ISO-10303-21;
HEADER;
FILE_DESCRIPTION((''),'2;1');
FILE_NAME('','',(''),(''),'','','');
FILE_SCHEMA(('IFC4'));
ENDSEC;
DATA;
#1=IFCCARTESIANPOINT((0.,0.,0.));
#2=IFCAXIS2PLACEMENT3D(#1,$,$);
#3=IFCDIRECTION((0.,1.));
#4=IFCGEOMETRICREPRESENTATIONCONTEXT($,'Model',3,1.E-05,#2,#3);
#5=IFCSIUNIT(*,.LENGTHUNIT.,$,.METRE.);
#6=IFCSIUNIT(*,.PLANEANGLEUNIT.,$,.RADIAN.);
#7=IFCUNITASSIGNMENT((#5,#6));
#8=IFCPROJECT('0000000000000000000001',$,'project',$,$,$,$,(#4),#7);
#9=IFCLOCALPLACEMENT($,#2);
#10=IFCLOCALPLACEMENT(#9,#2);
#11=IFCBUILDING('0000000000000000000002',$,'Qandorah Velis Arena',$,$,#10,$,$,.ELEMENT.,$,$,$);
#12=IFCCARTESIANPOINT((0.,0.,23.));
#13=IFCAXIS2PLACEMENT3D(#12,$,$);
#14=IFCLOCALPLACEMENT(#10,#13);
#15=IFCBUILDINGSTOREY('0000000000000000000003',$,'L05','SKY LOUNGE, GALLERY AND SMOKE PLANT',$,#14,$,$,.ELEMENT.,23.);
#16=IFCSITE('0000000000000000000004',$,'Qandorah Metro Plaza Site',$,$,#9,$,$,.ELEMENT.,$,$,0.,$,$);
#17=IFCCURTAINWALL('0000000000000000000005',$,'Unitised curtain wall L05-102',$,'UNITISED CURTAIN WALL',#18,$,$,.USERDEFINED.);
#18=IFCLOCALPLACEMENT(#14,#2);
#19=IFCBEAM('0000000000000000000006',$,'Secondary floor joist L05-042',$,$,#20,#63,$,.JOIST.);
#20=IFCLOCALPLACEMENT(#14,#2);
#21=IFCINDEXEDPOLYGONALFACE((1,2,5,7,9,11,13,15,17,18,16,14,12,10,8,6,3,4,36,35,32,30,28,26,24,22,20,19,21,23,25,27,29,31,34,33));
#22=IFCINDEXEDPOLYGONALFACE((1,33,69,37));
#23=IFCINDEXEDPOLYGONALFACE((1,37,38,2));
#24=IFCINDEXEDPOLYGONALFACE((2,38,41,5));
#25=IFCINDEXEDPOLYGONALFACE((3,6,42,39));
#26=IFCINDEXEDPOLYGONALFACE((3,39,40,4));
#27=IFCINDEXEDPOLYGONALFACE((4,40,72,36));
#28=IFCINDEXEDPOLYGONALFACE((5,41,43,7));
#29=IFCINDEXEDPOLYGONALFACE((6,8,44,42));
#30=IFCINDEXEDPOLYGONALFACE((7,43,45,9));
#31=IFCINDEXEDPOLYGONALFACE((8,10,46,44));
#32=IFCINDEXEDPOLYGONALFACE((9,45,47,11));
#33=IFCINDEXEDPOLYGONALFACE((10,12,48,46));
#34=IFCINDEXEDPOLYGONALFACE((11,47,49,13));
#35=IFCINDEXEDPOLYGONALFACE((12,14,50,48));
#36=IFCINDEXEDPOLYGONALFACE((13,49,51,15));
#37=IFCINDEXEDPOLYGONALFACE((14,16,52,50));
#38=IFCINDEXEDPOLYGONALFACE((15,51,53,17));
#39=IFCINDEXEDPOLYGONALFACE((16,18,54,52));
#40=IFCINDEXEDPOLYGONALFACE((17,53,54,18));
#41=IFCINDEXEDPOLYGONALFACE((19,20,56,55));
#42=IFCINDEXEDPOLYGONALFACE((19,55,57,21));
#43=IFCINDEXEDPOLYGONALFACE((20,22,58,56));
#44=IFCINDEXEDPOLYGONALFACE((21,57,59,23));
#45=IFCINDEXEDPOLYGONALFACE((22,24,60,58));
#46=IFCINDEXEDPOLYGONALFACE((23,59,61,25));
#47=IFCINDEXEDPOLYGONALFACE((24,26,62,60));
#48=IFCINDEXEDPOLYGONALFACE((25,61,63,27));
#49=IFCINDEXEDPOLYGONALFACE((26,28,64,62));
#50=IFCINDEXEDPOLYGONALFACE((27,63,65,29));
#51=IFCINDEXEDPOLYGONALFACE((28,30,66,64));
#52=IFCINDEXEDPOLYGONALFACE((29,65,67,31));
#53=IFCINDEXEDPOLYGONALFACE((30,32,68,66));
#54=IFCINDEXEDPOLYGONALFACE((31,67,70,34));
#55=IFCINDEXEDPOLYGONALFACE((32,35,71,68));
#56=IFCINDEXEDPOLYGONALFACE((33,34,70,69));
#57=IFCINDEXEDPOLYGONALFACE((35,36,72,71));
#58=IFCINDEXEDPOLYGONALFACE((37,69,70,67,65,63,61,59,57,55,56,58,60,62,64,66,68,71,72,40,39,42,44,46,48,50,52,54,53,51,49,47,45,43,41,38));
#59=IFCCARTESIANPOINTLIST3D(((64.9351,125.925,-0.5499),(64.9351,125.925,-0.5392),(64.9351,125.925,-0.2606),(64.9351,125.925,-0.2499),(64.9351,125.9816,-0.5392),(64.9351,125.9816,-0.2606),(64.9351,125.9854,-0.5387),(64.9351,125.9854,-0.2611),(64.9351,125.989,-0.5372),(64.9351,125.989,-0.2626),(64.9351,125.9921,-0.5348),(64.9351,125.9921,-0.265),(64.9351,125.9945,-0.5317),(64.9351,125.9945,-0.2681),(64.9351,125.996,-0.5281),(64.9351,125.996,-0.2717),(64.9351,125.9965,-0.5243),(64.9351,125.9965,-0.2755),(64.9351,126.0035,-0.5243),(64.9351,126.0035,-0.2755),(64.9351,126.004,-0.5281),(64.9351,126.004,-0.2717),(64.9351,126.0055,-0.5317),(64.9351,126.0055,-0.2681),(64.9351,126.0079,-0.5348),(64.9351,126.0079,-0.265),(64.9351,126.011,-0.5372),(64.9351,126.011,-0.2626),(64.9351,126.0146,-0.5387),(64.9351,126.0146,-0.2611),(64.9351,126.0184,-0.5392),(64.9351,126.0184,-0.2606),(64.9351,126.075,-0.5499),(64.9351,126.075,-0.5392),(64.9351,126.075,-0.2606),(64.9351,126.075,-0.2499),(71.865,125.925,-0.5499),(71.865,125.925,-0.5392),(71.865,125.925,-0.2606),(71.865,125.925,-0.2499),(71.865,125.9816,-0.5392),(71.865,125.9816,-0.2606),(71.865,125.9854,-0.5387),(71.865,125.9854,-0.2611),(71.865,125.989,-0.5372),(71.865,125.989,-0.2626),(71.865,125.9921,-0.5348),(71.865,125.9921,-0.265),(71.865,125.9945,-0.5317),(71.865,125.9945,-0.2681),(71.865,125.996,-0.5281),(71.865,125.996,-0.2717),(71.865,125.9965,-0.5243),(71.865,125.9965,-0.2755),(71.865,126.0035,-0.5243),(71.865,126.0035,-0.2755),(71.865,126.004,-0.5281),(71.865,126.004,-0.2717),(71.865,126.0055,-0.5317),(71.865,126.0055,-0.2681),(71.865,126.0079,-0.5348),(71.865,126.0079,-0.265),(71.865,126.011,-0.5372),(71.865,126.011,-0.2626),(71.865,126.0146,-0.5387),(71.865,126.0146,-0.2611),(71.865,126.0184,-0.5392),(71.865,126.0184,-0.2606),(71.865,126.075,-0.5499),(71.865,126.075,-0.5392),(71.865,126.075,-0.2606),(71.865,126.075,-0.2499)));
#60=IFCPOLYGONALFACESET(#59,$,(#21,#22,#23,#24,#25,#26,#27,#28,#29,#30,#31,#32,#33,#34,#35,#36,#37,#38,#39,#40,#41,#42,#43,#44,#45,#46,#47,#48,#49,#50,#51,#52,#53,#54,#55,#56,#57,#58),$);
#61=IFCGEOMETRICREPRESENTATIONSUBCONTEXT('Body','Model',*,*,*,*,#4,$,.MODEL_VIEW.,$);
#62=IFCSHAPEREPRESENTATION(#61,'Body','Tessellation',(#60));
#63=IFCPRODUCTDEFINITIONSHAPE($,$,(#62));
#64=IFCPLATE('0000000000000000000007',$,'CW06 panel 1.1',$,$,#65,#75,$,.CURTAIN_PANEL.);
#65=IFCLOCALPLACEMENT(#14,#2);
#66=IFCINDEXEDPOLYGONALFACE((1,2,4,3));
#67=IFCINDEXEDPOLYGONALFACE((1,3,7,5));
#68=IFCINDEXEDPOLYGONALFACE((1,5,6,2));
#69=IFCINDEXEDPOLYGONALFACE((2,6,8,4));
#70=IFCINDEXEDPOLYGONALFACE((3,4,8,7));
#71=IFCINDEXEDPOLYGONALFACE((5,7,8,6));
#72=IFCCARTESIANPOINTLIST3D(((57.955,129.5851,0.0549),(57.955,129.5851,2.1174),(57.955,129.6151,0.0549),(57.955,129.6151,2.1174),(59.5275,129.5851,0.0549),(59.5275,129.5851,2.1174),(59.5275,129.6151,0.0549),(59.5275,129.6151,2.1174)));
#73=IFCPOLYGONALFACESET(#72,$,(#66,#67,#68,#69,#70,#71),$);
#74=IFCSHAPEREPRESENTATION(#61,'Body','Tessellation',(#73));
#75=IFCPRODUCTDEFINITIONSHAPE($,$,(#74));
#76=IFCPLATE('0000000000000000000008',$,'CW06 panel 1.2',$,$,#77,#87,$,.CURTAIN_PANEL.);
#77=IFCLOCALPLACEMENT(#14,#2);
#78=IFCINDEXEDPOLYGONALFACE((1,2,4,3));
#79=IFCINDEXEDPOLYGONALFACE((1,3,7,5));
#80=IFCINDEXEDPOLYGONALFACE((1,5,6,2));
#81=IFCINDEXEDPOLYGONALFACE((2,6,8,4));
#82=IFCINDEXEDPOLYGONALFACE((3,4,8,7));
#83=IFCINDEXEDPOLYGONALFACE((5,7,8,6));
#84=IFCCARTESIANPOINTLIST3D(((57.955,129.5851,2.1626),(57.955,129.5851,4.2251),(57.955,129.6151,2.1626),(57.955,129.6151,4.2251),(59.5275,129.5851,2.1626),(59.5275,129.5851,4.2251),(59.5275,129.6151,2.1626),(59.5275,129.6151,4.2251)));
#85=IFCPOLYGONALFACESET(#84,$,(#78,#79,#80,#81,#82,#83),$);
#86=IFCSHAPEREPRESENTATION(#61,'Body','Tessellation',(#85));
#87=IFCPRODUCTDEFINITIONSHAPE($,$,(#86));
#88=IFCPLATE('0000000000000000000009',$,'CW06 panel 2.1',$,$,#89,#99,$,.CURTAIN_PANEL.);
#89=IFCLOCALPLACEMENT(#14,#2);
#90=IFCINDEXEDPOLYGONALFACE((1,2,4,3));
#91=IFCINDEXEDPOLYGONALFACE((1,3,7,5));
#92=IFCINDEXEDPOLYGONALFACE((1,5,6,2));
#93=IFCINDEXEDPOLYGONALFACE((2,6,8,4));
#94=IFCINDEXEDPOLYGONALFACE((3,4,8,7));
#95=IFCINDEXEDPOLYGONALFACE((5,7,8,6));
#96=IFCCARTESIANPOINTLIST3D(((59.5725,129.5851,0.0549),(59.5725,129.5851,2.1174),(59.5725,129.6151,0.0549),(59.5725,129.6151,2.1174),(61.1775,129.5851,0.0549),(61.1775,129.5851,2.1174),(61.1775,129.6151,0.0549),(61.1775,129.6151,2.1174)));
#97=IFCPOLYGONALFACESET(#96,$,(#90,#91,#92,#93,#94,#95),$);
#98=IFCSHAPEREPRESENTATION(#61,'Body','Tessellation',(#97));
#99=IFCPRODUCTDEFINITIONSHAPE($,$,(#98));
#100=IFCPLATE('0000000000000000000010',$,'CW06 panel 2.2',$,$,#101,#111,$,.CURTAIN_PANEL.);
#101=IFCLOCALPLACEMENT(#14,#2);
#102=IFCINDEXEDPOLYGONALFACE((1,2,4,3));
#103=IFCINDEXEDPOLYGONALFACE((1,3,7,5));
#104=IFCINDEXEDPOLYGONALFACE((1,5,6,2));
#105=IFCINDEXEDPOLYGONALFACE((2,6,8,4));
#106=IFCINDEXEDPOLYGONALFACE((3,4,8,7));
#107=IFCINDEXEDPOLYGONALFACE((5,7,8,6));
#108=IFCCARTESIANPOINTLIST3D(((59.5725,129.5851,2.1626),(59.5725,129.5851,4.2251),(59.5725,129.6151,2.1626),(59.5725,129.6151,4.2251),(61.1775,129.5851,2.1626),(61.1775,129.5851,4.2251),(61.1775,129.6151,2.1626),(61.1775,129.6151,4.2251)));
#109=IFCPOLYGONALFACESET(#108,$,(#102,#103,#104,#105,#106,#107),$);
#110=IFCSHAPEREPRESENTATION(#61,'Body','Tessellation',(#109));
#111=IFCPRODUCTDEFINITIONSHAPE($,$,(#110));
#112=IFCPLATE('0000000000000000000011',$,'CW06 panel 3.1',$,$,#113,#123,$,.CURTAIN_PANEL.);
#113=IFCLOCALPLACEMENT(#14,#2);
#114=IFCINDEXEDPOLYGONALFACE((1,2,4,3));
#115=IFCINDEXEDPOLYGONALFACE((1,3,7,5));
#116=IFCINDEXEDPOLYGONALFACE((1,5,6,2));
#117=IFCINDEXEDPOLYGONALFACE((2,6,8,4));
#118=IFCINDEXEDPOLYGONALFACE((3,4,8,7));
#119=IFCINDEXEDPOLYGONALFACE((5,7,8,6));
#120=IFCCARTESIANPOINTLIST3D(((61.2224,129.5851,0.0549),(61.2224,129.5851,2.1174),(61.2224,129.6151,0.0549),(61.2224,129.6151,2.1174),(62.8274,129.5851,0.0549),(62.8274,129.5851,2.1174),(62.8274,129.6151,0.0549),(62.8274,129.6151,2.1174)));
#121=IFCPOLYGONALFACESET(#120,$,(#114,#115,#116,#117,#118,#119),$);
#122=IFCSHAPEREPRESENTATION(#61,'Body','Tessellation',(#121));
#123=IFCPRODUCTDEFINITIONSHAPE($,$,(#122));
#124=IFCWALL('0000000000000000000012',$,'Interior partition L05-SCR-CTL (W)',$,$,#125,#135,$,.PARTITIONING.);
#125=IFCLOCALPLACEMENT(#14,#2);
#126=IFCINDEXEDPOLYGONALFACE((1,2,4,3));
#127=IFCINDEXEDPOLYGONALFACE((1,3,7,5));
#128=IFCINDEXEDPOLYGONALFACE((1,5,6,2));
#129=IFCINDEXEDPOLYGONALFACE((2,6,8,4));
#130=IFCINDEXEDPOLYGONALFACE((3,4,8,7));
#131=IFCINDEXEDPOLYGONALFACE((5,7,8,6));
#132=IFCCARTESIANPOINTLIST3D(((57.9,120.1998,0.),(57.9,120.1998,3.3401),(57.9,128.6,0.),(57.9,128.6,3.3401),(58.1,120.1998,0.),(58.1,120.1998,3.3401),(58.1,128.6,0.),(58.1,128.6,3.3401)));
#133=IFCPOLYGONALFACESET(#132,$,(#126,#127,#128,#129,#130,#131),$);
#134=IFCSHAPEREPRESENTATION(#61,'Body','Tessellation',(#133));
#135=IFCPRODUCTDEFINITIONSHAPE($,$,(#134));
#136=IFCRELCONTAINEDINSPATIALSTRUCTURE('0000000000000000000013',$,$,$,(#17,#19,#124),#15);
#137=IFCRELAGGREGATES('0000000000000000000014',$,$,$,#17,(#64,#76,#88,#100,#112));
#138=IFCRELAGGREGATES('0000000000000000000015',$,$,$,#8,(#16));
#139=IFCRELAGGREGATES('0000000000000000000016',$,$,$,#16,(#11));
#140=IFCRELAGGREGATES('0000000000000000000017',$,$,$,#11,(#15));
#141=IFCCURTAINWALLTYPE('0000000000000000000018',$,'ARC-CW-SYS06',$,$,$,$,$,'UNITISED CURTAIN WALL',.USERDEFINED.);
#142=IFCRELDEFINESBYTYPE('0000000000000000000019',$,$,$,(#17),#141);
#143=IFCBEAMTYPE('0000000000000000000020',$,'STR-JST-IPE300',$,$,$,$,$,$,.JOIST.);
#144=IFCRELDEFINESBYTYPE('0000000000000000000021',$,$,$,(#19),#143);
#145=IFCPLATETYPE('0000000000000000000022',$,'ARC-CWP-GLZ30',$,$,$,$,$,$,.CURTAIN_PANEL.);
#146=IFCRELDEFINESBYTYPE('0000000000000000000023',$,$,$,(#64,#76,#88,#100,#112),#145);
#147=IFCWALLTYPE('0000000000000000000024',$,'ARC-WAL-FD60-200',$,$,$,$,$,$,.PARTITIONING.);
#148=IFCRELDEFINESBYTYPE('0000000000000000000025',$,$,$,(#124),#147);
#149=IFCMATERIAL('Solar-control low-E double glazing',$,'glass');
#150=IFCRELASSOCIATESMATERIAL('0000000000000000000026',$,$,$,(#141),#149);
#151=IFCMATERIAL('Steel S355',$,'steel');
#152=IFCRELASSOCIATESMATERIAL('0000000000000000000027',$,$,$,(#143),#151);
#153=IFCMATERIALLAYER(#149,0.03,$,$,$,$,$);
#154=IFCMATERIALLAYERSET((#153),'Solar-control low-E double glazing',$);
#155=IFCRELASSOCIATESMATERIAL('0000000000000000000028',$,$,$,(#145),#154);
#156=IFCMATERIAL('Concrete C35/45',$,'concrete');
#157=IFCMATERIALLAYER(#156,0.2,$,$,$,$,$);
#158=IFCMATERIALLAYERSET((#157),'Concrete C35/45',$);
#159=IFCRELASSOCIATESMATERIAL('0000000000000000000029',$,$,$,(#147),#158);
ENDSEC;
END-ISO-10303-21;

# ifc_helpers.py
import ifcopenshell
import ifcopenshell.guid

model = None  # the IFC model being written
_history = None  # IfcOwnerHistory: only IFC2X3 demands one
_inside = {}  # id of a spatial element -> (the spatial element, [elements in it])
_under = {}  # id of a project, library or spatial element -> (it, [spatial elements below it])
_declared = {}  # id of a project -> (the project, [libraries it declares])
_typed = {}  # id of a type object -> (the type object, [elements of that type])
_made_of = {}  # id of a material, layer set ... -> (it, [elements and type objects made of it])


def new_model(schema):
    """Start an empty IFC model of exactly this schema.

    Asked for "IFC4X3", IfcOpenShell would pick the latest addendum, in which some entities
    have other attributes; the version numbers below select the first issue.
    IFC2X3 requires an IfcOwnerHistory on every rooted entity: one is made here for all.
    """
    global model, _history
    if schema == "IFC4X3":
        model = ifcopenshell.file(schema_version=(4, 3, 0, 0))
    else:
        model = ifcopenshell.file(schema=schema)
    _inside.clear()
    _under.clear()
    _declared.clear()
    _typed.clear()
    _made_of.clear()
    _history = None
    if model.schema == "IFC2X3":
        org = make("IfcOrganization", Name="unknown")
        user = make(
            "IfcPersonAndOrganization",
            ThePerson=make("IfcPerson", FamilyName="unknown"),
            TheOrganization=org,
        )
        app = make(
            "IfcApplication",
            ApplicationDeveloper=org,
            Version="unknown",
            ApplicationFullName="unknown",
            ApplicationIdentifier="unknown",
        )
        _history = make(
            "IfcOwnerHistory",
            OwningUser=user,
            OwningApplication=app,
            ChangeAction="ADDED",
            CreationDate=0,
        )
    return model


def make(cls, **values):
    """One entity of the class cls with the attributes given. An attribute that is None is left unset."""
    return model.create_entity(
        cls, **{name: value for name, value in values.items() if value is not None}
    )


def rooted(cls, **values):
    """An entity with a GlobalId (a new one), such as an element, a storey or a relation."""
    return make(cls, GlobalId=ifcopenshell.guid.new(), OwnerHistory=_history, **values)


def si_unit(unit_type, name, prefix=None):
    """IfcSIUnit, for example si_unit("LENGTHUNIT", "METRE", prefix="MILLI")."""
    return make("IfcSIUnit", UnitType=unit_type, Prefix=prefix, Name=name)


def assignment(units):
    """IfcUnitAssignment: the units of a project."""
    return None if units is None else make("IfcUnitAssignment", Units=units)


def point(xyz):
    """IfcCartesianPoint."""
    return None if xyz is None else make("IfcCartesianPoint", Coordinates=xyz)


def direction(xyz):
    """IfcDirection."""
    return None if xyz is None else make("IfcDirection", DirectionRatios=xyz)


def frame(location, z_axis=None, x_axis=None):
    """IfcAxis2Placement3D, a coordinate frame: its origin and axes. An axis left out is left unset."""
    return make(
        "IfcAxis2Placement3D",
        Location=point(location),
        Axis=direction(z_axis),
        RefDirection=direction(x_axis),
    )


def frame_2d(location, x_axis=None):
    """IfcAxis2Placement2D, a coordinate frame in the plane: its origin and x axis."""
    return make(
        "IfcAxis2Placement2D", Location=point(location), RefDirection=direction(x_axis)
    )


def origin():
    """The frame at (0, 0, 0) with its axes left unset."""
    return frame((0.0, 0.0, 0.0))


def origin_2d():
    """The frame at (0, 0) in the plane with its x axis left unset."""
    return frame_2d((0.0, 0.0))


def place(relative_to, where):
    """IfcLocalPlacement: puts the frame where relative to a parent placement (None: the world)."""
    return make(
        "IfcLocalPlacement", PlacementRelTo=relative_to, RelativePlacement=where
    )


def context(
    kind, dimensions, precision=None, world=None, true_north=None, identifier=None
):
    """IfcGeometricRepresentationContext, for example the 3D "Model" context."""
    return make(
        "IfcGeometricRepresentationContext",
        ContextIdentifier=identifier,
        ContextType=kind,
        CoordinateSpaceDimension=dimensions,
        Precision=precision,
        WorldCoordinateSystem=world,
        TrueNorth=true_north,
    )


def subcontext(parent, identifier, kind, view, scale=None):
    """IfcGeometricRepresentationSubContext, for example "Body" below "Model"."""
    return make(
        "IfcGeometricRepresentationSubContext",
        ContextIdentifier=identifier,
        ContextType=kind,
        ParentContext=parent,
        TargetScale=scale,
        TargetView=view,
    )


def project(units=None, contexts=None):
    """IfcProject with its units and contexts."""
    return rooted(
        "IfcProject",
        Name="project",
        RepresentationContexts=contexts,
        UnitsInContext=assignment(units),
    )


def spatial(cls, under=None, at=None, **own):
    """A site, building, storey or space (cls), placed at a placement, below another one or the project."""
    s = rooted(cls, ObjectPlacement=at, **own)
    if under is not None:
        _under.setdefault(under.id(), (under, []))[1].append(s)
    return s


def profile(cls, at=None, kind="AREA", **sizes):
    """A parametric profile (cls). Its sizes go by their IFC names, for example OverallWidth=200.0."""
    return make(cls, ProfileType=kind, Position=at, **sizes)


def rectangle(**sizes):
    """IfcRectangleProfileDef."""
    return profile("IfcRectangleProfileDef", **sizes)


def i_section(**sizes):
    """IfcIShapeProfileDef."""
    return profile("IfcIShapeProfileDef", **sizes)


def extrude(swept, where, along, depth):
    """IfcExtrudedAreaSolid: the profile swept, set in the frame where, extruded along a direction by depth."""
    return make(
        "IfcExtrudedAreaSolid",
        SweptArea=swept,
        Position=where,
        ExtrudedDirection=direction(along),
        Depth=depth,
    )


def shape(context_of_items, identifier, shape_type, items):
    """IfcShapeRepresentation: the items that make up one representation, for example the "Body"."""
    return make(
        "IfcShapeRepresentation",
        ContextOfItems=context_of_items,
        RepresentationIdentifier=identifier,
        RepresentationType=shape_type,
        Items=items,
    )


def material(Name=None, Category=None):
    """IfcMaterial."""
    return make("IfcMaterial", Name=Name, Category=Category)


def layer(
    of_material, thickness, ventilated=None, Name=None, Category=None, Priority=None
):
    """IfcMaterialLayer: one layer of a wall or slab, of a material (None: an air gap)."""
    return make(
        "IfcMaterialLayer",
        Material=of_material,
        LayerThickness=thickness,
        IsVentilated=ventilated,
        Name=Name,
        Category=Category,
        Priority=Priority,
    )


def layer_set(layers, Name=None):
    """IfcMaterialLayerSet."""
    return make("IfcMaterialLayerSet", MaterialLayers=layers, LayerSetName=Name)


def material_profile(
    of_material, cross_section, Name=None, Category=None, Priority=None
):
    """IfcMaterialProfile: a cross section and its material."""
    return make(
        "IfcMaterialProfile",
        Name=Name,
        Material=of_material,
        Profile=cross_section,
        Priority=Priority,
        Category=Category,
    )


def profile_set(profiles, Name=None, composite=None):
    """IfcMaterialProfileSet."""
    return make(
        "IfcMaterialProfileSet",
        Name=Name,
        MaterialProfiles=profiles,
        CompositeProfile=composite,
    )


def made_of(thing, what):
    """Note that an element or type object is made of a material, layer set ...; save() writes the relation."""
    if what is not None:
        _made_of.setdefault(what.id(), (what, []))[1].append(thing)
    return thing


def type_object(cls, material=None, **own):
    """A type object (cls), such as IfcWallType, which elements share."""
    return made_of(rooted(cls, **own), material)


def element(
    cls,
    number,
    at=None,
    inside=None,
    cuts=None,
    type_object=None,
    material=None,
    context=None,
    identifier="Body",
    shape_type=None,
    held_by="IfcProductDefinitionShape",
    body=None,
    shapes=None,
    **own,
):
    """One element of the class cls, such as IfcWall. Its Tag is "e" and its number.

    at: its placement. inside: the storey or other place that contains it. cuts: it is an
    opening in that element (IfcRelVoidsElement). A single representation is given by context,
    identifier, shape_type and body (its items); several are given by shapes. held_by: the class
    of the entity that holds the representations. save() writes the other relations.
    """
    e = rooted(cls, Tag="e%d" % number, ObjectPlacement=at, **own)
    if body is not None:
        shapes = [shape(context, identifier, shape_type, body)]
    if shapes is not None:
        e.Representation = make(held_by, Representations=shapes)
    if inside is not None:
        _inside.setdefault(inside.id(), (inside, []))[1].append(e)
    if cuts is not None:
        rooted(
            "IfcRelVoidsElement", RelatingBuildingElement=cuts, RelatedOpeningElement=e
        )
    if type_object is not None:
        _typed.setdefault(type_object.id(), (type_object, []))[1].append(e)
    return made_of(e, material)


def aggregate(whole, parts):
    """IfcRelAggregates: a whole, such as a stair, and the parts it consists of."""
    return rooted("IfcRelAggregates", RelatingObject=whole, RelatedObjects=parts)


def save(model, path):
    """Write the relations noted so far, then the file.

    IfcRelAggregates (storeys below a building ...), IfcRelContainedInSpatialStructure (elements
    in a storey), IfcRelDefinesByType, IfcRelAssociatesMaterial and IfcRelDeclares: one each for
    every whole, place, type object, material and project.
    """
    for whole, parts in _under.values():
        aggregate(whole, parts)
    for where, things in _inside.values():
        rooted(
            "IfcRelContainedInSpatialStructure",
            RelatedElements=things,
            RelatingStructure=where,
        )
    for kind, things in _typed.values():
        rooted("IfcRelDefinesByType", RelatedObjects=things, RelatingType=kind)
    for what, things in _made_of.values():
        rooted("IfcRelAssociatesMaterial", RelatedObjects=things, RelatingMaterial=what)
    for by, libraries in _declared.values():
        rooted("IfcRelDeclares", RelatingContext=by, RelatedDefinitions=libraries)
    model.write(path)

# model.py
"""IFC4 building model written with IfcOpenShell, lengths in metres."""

from ifc_helpers import new_model, si_unit, direction, frame, frame_2d, origin, origin_2d, place, context, subcontext, project, spatial, rectangle, i_section, extrude, material, layer, layer_set, material_profile, profile_set, type_object, element, aggregate, save


model = new_model("IFC4")

# Units and contexts
model_context = context("Model", 3, precision=1e-05, world=origin(), true_north=direction((0.0, 1.0)))
body_context = subcontext(model_context, "Body", "Model", "MODEL_VIEW")
ifc_project = project(units=[si_unit("LENGTHUNIT", "METRE"), si_unit("PLANEANGLEUNIT", "RADIAN")], contexts=[model_context])

# Site, building, storey
site_placement = place(None, origin())
site = spatial("IfcSite", under=ifc_project, at=site_placement, Name="Qandorah Metro Plaza Site", CompositionType="ELEMENT", RefElevation=0.0)
building_placement = place(site_placement, origin())
building = spatial("IfcBuilding", under=site, at=building_placement, Name="Qandorah Velis Arena", CompositionType="ELEMENT")
storey_placement = place(building_placement, frame((0.0, 0.0, 23.0)))
storey = spatial("IfcBuildingStorey", under=building, at=storey_placement, Name="L05", Description="SKY LOUNGE, GALLERY AND SMOKE PLANT", CompositionType="ELEMENT", Elevation=23.0)

# Curtain wall
ifc_material_1 = material(Name="Solar-control low-E double glazing", Category="glass")
curtain_wall_type = type_object("IfcCurtainWallType", Name="ARC-CW-SYS06", ElementType="UNITISED CURTAIN WALL", PredefinedType="USERDEFINED", material=ifc_material_1)
curtain_wall_placement = place(storey_placement, origin())
curtain_wall = element("IfcCurtainWall", 1, at=curtain_wall_placement, inside=storey, type_object=curtain_wall_type, Name="Unitised curtain wall L05-102", ObjectType="UNITISED CURTAIN WALL", PredefinedType="USERDEFINED")

# Beam
ifc_material_2 = material(Name="Steel S355", Category="steel")
ifc_material_profile_1 = material_profile(ifc_material_2, i_section(OverallWidth=0.1499, OverallDepth=0.3, WebThickness=0.0071, FlangeThickness=0.0107, FilletRadius=0.0149, at=origin_2d()), Name="IPE 300")
ifc_profile_set_1 = profile_set([ifc_material_profile_1], Name="Steel S355")
beam_type_1 = type_object("IfcBeamType", Name="STR-JST-IPE300", PredefinedType="JOIST", material=ifc_profile_set_1)
for number, where, z_axis, x_axis, name in (
    (2, (64.9351, 126.0, -0.3999), (1.0, 0.0, 0.0), (0.0, 1.0, 0.0), "Secondary floor joist L05-042"),
):
    element("IfcBeam", number, at=place(storey_placement, frame(where, z_axis=z_axis, x_axis=x_axis)), inside=storey, type_object=beam_type_1, Name=name, PredefinedType="JOIST", context=body_context, shape_type="SweptSolid", body=[
        extrude(i_section(OverallWidth=0.1499, OverallDepth=0.3, WebThickness=0.0071, FlangeThickness=0.0107, FilletRadius=0.0149, at=origin_2d()), origin(), (0.0, 0.0, 1.0), 6.9299),
    ])

# Plates
ifc_layer_1 = layer(ifc_material_1, 0.03)
ifc_layer_set_1 = layer_set([ifc_layer_1], Name="Solar-control low-E double glazing")
plate_type = type_object("IfcPlateType", Name="ARC-CWP-GLZ30", PredefinedType="CURTAIN_PANEL", material=ifc_layer_set_1)
plate_1_placement = place(storey_placement, frame((58.7412, 129.6001, 0.0549), z_axis=(0.0, 0.0, 1.0), x_axis=(1.0, 0.0, 0.0)))
plate_1 = element("IfcPlate", 3, at=plate_1_placement, type_object=plate_type, Name="CW06 panel 1.1", PredefinedType="CURTAIN_PANEL", context=body_context, shape_type="SweptSolid", body=[
    extrude(rectangle(XDim=1.5725, YDim=0.03, at=origin_2d()), origin(), (0.0, 0.0, 1.0), 2.0625),
])
plate_2_placement = place(storey_placement, frame((58.7412, 129.6001, 2.1626), z_axis=(0.0, 0.0, 1.0), x_axis=(1.0, 0.0, 0.0)))
plate_2 = element("IfcPlate", 4, at=plate_2_placement, type_object=plate_type, Name="CW06 panel 1.2", PredefinedType="CURTAIN_PANEL", context=body_context, shape_type="SweptSolid", body=[
    extrude(rectangle(XDim=1.5725, YDim=0.03, at=origin_2d()), origin(), (0.0, 0.0, 1.0), 2.0625),
])
plate_3_placement = place(storey_placement, frame((60.375, 129.6001, 0.0549), z_axis=(0.0, 0.0, 1.0), x_axis=(1.0, 0.0, 0.0)))
plate_3 = element("IfcPlate", 5, at=plate_3_placement, type_object=plate_type, Name="CW06 panel 2.1", PredefinedType="CURTAIN_PANEL", context=body_context, shape_type="SweptSolid", body=[
    extrude(rectangle(XDim=1.605, YDim=0.03, at=origin_2d()), origin(), (0.0, 0.0, 1.0), 2.0625),
])
plate_4_placement = place(storey_placement, frame((60.375, 129.6001, 2.1626), z_axis=(0.0, 0.0, 1.0), x_axis=(1.0, 0.0, 0.0)))
plate_4 = element("IfcPlate", 6, at=plate_4_placement, type_object=plate_type, Name="CW06 panel 2.2", PredefinedType="CURTAIN_PANEL", context=body_context, shape_type="SweptSolid", body=[
    extrude(rectangle(XDim=1.605, YDim=0.03, at=origin_2d()), origin(), (0.0, 0.0, 1.0), 2.0625),
])
plate_5_placement = place(storey_placement, frame((62.0249, 129.6001, 0.0549), z_axis=(0.0, 0.0, 1.0), x_axis=(1.0, 0.0, 0.0)))
plate_5 = element("IfcPlate", 7, at=plate_5_placement, type_object=plate_type, Name="CW06 panel 3.1", PredefinedType="CURTAIN_PANEL", context=body_context, shape_type="SweptSolid", body=[
    extrude(rectangle(XDim=1.605, YDim=0.03, at=origin_2d()), origin(), (0.0, 0.0, 1.0), 2.0625),
])
aggregate(curtain_wall, [plate_1, plate_2, plate_3, plate_4, plate_5])

# Wall
ifc_material_3 = material(Name="Concrete C35/45", Category="concrete")
ifc_layer_2 = layer(ifc_material_3, 0.2)
ifc_layer_set_2 = layer_set([ifc_layer_2], Name="Concrete C35/45")
wall_type = type_object("IfcWallType", Name="ARC-WAL-FD60-200", PredefinedType="PARTITIONING", material=ifc_layer_set_2)
wall_placement = place(storey_placement, frame((58.0, 128.6001, 0.0), z_axis=(0.0, 0.0, 1.0), x_axis=(0.0, -1.0, 0.0)))
element("IfcWall", 8, at=wall_placement, inside=storey, type_object=wall_type, Name="Interior partition L05-SCR-CTL (W)", PredefinedType="PARTITIONING", context=body_context, shape_type="SweptSolid", body=[
    extrude(rectangle(XDim=8.4001, YDim=0.2, at=frame_2d((4.2002, 0.0))), origin(), (0.0, 0.0, 1.0), 3.3401),
])

save(model, "model.ifc")
